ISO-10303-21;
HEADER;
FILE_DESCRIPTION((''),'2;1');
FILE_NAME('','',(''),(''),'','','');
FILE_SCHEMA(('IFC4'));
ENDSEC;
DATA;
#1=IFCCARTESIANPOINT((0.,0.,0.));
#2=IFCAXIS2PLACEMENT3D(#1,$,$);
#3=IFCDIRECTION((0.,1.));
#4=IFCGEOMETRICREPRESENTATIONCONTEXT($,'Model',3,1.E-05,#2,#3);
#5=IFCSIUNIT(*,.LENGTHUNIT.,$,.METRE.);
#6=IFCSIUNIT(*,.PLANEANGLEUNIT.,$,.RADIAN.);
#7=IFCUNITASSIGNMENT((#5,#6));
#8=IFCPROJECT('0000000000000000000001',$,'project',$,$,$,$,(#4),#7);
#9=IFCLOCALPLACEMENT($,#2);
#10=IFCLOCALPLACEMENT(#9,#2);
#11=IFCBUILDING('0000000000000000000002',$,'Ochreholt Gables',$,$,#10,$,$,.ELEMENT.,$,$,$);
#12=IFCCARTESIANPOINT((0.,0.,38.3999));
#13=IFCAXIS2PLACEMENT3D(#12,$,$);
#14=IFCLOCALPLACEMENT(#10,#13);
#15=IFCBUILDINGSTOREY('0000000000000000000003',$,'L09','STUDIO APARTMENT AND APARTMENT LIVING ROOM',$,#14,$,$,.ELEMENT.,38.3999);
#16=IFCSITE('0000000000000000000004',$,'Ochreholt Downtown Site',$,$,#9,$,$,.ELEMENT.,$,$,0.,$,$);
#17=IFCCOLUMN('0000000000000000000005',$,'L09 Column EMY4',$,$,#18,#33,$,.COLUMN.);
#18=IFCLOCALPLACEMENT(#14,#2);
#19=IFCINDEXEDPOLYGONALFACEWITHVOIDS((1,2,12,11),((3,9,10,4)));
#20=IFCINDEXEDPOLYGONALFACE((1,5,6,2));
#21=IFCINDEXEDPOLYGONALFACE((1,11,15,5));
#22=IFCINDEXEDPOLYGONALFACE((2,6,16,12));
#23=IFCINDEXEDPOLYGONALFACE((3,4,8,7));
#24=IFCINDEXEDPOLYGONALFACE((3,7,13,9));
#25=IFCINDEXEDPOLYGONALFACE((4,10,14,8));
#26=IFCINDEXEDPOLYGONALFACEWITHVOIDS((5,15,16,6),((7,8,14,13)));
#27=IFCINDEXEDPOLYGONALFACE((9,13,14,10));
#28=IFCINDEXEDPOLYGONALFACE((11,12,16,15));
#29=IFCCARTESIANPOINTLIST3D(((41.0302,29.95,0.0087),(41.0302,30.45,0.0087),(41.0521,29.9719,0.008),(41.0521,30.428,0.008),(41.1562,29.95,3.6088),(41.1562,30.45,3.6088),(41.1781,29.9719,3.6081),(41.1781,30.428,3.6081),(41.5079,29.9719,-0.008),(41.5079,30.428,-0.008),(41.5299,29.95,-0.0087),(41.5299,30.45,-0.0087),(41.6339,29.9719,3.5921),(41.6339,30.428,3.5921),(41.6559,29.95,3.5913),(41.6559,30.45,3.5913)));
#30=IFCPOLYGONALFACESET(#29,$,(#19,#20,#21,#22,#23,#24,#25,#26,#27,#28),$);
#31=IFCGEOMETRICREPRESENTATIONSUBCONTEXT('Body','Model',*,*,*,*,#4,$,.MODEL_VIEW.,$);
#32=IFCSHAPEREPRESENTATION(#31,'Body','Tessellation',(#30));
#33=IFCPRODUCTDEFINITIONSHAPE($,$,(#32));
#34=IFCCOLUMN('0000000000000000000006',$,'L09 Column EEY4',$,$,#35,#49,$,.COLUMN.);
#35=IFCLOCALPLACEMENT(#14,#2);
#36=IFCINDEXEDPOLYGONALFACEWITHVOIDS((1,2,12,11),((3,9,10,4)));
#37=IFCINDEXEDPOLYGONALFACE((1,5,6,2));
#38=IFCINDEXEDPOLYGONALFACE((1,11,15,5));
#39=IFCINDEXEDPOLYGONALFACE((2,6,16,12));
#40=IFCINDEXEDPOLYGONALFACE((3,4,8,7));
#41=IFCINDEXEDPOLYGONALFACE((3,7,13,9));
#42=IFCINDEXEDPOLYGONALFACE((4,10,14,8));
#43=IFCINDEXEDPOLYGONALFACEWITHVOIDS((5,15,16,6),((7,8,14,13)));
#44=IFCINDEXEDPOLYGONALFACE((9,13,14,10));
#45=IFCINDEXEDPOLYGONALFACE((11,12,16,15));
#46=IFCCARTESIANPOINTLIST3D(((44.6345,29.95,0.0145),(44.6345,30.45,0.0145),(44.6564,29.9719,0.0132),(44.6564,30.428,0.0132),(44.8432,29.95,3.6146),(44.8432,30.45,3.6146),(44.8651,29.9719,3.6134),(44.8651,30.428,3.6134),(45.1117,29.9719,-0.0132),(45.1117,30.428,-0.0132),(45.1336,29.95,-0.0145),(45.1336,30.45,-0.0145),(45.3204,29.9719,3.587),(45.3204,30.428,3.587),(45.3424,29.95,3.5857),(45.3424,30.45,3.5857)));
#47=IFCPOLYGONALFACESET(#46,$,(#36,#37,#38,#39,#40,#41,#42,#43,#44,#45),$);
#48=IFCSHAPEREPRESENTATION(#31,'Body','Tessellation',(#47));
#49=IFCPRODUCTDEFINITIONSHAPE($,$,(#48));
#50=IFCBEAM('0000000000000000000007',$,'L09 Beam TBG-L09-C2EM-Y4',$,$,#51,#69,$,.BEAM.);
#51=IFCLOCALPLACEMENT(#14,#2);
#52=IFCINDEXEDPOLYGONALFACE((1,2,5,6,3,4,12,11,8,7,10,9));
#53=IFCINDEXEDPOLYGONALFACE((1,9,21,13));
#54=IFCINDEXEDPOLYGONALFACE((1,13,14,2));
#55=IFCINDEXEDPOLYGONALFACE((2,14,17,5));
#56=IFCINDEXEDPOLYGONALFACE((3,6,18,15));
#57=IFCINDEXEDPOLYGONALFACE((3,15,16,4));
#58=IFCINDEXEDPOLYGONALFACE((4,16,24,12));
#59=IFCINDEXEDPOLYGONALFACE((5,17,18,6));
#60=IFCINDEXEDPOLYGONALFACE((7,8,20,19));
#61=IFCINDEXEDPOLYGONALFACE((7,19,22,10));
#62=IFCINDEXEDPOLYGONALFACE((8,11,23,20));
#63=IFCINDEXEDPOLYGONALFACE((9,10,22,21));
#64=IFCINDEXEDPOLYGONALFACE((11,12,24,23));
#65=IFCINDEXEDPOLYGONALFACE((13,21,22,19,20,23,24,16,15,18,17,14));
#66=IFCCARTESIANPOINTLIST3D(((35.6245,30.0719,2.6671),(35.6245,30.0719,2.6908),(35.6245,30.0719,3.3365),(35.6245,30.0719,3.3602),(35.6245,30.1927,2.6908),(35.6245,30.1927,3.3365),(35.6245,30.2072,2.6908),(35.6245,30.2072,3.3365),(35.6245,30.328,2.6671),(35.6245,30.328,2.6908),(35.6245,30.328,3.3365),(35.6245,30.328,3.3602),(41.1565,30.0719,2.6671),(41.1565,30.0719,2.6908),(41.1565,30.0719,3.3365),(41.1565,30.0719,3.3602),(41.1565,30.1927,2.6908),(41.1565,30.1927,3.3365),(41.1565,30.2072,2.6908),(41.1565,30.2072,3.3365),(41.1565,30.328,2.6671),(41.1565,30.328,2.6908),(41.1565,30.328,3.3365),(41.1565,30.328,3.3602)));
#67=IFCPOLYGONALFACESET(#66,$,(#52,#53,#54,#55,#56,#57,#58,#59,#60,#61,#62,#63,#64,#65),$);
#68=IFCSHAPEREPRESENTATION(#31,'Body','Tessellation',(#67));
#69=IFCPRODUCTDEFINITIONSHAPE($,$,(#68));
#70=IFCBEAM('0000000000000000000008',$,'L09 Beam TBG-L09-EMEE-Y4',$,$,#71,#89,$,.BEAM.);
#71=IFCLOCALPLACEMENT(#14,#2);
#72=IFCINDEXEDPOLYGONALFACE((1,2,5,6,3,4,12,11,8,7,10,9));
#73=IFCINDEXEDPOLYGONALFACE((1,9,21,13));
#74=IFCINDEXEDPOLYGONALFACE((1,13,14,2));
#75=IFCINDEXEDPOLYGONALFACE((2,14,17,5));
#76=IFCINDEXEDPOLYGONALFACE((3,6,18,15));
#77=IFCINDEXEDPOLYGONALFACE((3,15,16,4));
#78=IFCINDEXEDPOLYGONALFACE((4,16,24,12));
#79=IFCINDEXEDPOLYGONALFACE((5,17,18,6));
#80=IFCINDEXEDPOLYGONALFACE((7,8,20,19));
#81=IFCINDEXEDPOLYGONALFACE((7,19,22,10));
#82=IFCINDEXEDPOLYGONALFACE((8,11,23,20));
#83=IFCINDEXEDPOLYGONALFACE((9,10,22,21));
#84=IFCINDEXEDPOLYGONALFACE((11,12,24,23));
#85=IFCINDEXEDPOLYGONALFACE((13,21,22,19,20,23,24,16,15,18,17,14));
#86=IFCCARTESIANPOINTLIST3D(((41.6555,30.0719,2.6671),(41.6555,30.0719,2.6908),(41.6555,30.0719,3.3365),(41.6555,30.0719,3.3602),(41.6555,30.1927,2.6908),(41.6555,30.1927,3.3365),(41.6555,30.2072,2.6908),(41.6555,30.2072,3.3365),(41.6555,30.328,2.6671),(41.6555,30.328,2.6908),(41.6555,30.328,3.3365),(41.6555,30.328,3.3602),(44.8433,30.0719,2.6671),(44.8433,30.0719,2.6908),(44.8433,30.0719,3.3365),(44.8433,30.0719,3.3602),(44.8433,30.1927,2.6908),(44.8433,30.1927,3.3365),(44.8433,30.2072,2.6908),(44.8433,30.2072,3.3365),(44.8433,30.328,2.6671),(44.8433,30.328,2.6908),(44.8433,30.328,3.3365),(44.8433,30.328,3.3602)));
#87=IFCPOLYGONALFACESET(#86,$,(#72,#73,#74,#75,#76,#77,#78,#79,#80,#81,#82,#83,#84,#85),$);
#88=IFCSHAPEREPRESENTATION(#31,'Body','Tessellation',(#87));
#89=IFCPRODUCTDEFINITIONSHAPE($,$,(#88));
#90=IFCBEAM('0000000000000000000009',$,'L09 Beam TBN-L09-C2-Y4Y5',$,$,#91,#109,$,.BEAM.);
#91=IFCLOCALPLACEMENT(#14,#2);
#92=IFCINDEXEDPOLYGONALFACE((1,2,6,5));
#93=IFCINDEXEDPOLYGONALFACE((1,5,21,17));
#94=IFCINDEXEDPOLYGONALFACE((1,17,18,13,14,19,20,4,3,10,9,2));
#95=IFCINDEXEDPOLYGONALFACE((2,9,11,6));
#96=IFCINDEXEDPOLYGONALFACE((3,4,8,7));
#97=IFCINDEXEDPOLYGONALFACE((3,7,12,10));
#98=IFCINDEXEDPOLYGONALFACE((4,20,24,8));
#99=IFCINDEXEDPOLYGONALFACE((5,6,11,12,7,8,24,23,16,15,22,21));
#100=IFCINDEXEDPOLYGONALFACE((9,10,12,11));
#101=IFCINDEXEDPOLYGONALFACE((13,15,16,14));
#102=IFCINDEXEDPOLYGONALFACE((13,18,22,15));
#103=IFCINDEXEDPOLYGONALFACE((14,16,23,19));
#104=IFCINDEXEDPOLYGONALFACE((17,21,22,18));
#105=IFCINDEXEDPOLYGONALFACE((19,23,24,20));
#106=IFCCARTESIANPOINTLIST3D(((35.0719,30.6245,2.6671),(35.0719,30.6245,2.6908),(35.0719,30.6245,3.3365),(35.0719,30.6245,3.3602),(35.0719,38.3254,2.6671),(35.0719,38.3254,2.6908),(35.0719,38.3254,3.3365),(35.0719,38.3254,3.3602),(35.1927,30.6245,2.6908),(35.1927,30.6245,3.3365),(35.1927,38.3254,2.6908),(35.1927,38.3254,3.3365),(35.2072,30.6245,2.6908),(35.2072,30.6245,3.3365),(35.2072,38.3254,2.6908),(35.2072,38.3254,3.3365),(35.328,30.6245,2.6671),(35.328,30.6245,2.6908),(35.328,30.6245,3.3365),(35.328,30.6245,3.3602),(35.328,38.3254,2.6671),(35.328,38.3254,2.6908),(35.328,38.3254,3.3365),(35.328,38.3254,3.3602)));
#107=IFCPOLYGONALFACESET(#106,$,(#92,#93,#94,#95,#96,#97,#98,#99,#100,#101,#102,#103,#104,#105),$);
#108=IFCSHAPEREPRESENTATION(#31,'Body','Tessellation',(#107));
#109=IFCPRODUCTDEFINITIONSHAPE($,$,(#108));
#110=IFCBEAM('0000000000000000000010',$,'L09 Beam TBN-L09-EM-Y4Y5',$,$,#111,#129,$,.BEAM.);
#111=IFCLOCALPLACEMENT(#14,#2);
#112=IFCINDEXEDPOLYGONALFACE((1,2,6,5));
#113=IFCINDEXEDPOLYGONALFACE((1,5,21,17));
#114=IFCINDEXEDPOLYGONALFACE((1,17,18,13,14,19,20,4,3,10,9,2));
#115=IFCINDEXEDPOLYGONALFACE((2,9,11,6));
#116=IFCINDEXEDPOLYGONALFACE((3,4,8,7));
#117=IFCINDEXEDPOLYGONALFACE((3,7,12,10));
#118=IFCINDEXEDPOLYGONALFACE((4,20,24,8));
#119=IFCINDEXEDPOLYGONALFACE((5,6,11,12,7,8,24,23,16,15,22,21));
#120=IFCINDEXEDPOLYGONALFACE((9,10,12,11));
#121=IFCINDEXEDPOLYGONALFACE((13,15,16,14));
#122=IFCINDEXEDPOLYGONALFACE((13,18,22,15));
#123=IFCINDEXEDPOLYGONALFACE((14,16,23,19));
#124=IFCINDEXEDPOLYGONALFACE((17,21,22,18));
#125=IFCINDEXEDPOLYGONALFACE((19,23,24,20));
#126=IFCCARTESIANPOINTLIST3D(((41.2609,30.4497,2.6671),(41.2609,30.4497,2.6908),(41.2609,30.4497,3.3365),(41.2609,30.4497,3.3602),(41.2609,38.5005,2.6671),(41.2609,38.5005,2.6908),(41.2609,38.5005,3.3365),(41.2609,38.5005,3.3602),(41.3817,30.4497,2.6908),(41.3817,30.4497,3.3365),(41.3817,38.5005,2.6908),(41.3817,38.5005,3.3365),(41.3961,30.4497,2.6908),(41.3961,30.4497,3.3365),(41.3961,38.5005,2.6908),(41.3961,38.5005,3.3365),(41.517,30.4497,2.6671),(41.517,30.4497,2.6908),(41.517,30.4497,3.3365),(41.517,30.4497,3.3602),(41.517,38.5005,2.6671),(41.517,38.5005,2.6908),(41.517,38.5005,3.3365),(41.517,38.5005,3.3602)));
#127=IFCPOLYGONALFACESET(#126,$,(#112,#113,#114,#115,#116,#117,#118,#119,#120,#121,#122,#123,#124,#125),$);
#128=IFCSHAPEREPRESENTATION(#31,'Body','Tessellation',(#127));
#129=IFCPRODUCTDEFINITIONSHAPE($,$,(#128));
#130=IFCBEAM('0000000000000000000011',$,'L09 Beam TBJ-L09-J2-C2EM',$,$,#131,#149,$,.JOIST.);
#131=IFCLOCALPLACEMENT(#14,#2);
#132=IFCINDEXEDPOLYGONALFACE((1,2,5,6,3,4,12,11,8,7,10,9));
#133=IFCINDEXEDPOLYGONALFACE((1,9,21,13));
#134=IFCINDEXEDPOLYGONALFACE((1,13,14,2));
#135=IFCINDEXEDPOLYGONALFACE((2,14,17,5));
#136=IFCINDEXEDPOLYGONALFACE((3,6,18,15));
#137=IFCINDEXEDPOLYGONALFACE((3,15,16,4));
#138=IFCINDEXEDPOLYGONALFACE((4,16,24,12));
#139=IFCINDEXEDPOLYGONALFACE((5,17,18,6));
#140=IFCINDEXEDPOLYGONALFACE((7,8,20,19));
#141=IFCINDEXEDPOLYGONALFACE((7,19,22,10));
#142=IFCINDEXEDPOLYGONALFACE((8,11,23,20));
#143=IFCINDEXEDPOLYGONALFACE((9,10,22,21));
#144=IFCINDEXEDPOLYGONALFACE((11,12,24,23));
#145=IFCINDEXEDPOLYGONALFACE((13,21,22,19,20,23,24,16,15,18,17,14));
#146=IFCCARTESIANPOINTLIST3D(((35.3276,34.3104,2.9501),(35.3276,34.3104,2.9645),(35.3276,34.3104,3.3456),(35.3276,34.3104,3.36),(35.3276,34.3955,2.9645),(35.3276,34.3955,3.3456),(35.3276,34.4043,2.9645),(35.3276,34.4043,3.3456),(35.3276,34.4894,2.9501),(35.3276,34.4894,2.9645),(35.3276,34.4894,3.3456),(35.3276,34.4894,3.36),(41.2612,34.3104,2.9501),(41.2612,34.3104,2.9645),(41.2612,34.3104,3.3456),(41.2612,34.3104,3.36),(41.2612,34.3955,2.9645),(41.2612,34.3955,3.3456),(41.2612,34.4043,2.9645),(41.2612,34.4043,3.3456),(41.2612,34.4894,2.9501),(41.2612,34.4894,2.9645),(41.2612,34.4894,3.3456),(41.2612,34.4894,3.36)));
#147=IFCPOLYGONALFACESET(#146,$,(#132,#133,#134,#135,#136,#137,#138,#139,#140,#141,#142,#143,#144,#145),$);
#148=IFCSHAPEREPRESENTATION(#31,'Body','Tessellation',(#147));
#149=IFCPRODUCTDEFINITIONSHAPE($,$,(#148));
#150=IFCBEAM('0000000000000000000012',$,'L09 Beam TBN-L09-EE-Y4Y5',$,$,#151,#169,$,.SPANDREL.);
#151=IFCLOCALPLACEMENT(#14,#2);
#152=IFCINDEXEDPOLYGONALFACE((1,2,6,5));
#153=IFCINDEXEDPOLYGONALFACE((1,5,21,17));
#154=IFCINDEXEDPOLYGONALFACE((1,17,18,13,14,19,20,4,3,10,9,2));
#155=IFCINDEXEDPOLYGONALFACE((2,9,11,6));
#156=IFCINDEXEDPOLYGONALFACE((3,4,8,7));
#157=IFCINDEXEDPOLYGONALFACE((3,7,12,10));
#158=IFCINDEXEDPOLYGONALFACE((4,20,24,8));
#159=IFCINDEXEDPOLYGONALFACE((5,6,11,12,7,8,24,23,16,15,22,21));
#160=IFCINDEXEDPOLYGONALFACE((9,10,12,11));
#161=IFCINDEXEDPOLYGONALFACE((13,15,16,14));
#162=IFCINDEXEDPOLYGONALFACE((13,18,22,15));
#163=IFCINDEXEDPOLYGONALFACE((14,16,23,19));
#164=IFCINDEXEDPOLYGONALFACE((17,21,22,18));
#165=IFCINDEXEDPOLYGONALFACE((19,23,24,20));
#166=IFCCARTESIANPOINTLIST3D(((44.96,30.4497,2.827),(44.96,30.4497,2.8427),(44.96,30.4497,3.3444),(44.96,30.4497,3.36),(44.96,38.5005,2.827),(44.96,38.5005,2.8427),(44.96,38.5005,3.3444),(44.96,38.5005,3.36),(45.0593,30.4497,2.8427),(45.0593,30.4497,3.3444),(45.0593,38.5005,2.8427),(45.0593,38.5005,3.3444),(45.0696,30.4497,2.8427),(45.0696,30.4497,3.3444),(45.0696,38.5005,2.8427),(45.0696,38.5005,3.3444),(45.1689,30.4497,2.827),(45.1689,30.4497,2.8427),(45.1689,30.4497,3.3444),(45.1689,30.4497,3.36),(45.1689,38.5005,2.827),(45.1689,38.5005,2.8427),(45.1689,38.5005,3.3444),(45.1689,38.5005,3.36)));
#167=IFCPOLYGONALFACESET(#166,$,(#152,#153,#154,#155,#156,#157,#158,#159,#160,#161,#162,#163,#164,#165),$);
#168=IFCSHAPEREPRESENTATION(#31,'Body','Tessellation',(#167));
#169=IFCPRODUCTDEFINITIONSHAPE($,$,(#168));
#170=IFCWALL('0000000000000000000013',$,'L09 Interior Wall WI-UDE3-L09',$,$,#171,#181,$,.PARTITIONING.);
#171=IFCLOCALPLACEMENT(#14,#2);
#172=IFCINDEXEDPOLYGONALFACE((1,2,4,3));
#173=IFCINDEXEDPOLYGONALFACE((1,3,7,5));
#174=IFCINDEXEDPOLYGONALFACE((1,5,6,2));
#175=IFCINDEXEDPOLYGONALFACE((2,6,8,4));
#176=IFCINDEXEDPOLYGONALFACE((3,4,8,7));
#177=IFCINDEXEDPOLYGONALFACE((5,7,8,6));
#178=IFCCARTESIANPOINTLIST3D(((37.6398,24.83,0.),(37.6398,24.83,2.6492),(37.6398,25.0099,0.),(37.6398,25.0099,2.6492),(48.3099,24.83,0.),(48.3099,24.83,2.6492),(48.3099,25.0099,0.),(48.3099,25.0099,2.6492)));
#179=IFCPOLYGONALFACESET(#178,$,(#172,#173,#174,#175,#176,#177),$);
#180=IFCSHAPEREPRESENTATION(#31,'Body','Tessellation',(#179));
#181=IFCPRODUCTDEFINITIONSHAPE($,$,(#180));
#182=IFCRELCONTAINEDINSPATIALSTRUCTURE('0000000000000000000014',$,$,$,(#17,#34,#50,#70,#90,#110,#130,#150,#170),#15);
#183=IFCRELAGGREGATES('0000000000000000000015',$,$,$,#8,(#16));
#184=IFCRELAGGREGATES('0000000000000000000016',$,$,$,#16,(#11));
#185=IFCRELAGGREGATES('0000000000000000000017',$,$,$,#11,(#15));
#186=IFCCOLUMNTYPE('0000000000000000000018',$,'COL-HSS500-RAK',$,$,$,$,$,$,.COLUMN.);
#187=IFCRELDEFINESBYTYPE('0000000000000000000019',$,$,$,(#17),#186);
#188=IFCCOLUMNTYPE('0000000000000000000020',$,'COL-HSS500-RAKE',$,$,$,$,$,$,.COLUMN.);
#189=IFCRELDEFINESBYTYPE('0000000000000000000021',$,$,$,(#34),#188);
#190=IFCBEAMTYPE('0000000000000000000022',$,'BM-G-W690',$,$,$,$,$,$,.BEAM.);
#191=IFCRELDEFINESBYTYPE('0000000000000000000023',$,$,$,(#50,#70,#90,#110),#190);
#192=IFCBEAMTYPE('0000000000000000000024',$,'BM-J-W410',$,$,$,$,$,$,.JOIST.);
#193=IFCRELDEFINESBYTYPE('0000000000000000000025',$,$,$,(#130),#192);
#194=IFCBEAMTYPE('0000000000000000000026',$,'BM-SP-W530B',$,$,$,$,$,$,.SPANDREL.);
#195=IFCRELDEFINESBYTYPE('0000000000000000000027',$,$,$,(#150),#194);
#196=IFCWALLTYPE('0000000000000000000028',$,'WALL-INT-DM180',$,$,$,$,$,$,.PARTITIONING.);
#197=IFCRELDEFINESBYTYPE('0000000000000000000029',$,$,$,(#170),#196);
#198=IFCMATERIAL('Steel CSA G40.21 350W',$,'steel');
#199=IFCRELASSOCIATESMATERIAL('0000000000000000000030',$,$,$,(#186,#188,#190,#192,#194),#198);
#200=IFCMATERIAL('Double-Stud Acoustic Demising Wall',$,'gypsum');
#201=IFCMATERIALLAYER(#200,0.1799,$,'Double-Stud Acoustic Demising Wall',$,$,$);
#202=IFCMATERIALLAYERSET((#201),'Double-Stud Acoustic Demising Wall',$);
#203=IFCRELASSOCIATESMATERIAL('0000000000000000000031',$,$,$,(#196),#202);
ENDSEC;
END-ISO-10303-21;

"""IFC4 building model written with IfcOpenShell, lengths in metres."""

from ifc_helpers import new_model, si_unit, direction, frame, frame_2d, origin, origin_2d, place, context, subcontext, project, spatial, rectangle, hollow_rectangle, i_section, extrude, material, layer, layer_set, material_profile, profile_set, type_object, element, save


model = new_model("IFC4")

# Units and contexts
model_context = context("Model", 3, precision=1e-05, world=origin(), true_north=direction((0.0, 1.0)))
body_context = subcontext(model_context, "Body", "Model", "MODEL_VIEW")
ifc_project = project(units=[si_unit("LENGTHUNIT", "METRE"), si_unit("PLANEANGLEUNIT", "RADIAN")], contexts=[model_context])

# Site, building, storey
site_placement = place(None, origin())
site = spatial("IfcSite", under=ifc_project, at=site_placement, Name="Ochreholt Downtown Site", CompositionType="ELEMENT", RefElevation=0.0)
building_placement = place(site_placement, origin())
building = spatial("IfcBuilding", under=site, at=building_placement, Name="Ochreholt Gables", CompositionType="ELEMENT")
storey_placement = place(building_placement, frame((0.0, 0.0, 38.3999)))
storey = spatial("IfcBuildingStorey", under=building, at=storey_placement, Name="L09", Description="STUDIO APARTMENT AND APARTMENT LIVING ROOM", CompositionType="ELEMENT", Elevation=38.3999)

# Columns
ifc_material_1 = material(Name="Steel CSA G40.21 350W", Category="steel")
ifc_material_profile_1 = material_profile(ifc_material_1, hollow_rectangle(XDim=0.5, YDim=0.5, WallThickness=0.022, at=origin_2d()), Name="HSS500X500X22")
ifc_profile_set_1 = profile_set([ifc_material_profile_1], Name="Steel CSA G40.21 350W")
column_type_1 = type_object("IfcColumnType", Name="COL-HSS500-RAK", PredefinedType="COLUMN", material=ifc_profile_set_1)
column_1_placement = place(storey_placement, frame((41.28, 30.2, 0.0), z_axis=(0.034971, 0.0, 0.999388), x_axis=(0.0, 1.0, 0.0)))
element("IfcColumn", 1, at=column_1_placement, inside=storey, type_object=column_type_1, Name="L09 Column EMY4", PredefinedType="COLUMN", context=body_context, shape_type="SweptSolid", body=[
    extrude(hollow_rectangle(XDim=0.5, YDim=0.5, WallThickness=0.022, at=origin_2d()), origin(), (0.0, 0.0, 1.0), 3.6023),
])
ifc_material_profile_2 = material_profile(ifc_material_1, hollow_rectangle(XDim=0.5, YDim=0.5, WallThickness=0.022, at=origin_2d()), Name="HSS500X500X22")
ifc_profile_set_2 = profile_set([ifc_material_profile_2], Name="Steel CSA G40.21 350W")
column_type_2 = type_object("IfcColumnType", Name="COL-HSS500-RAKE", PredefinedType="COLUMN", material=ifc_profile_set_2)
column_2_placement = place(storey_placement, frame((44.884, 30.2, 0.0), z_axis=(0.057885, 0.0, 0.998323), x_axis=(0.0, 1.0, 0.0)))
element("IfcColumn", 2, at=column_2_placement, inside=storey, type_object=column_type_2, Name="L09 Column EEY4", PredefinedType="COLUMN", context=body_context, shape_type="SweptSolid", body=[
    extrude(hollow_rectangle(XDim=0.5, YDim=0.5, WallThickness=0.022, at=origin_2d()), origin(), (0.0, 0.0, 1.0), 3.6062),
])

# Beams
ifc_material_profile_3 = material_profile(ifc_material_1, i_section(OverallWidth=0.2561, OverallDepth=0.6931, WebThickness=0.0144, FlangeThickness=0.0237, at=origin_2d()), Name="W690X170")
ifc_profile_set_3 = profile_set([ifc_material_profile_3], Name="Steel CSA G40.21 350W")
beam_type_1 = type_object("IfcBeamType", Name="BM-G-W690", PredefinedType="BEAM", material=ifc_profile_set_3)
beam_1_placement = place(storey_placement, frame((35.6245, 30.2, 3.0137), z_axis=(1.0, 0.0, 0.0), x_axis=(0.0, 1.0, 0.0)))
element("IfcBeam", 3, at=beam_1_placement, inside=storey, type_object=beam_type_1, Name="L09 Beam TBG-L09-C2EM-Y4", PredefinedType="BEAM", context=body_context, shape_type="SweptSolid", body=[
    extrude(i_section(OverallWidth=0.2561, OverallDepth=0.6931, WebThickness=0.0144, FlangeThickness=0.0237, at=origin_2d()), origin(), (0.0, 0.0, 1.0), 5.532),
])
beam_2_placement = place(storey_placement, frame((41.6555, 30.2, 3.0137), z_axis=(1.0, 0.0, 0.0), x_axis=(0.0, 1.0, 0.0)))
element("IfcBeam", 4, at=beam_2_placement, inside=storey, type_object=beam_type_1, Name="L09 Beam TBG-L09-EMEE-Y4", PredefinedType="BEAM", context=body_context, shape_type="SweptSolid", body=[
    extrude(i_section(OverallWidth=0.2561, OverallDepth=0.6931, WebThickness=0.0144, FlangeThickness=0.0237, at=origin_2d()), origin(), (0.0, 0.0, 1.0), 3.1877),
])
beam_3_placement = place(storey_placement, frame((35.2, 30.6245, 3.0137), z_axis=(0.0, 1.0, 0.0), x_axis=(-1.0, 0.0, 0.0)))
element("IfcBeam", 5, at=beam_3_placement, inside=storey, type_object=beam_type_1, Name="L09 Beam TBN-L09-C2-Y4Y5", PredefinedType="BEAM", context=body_context, shape_type="SweptSolid", body=[
    extrude(i_section(OverallWidth=0.2561, OverallDepth=0.6931, WebThickness=0.0144, FlangeThickness=0.0237, at=origin_2d()), origin(), (0.0, 0.0, 1.0), 7.7009),
])
beam_4_placement = place(storey_placement, frame((41.3889, 30.4497, 3.0137), z_axis=(0.0, 1.0, 0.0), x_axis=(-1.0, 0.0, 0.0)))
element("IfcBeam", 6, at=beam_4_placement, inside=storey, type_object=beam_type_1, Name="L09 Beam TBN-L09-EM-Y4Y5", PredefinedType="BEAM", context=body_context, shape_type="SweptSolid", body=[
    extrude(i_section(OverallWidth=0.2561, OverallDepth=0.6931, WebThickness=0.0144, FlangeThickness=0.0237, at=origin_2d()), origin(), (0.0, 0.0, 1.0), 8.0508),
])
ifc_material_profile_4 = material_profile(ifc_material_1, i_section(OverallWidth=0.179, OverallDepth=0.4099, WebThickness=0.0088, FlangeThickness=0.0144, at=origin_2d()), Name="W410X67")
ifc_profile_set_4 = profile_set([ifc_material_profile_4], Name="Steel CSA G40.21 350W")
beam_type_2 = type_object("IfcBeamType", Name="BM-J-W410", PredefinedType="JOIST", material=ifc_profile_set_4)
beam_5_placement = place(storey_placement, frame((35.3276, 34.3999, 3.155), z_axis=(1.0, 0.0, 0.0), x_axis=(0.0, 1.0, 0.0)))
element("IfcBeam", 7, at=beam_5_placement, inside=storey, type_object=beam_type_2, Name="L09 Beam TBJ-L09-J2-C2EM", PredefinedType="JOIST", context=body_context, shape_type="SweptSolid", body=[
    extrude(i_section(OverallWidth=0.179, OverallDepth=0.4099, WebThickness=0.0088, FlangeThickness=0.0144, at=origin_2d()), origin(), (0.0, 0.0, 1.0), 5.9336),
])
ifc_material_profile_5 = material_profile(ifc_material_1, i_section(OverallWidth=0.209, OverallDepth=0.533, WebThickness=0.0103, FlangeThickness=0.0156, at=origin_2d()), Name="W530X92")
ifc_profile_set_5 = profile_set([ifc_material_profile_5], Name="Steel CSA G40.21 350W")
beam_type_3 = type_object("IfcBeamType", Name="BM-SP-W530B", PredefinedType="SPANDREL", material=ifc_profile_set_5)
beam_6_placement = place(storey_placement, frame((45.0645, 30.4497, 3.0935), z_axis=(0.0, 1.0, 0.0), x_axis=(-1.0, 0.0, 0.0)))
element("IfcBeam", 8, at=beam_6_placement, inside=storey, type_object=beam_type_3, Name="L09 Beam TBN-L09-EE-Y4Y5", PredefinedType="SPANDREL", context=body_context, shape_type="SweptSolid", body=[
    extrude(i_section(OverallWidth=0.209, OverallDepth=0.533, WebThickness=0.0103, FlangeThickness=0.0156, at=origin_2d()), origin(), (0.0, 0.0, 1.0), 8.0508),
])

# Wall
ifc_material_2 = material(Name="Double-Stud Acoustic Demising Wall", Category="gypsum")
ifc_layer_1 = layer(ifc_material_2, 0.1799, Name="Double-Stud Acoustic Demising Wall")
ifc_layer_set_1 = layer_set([ifc_layer_1], Name="Double-Stud Acoustic Demising Wall")
wall_type_1 = type_object("IfcWallType", Name="WALL-INT-DM180", PredefinedType="PARTITIONING", material=ifc_layer_set_1)
wall_1_placement = place(storey_placement, frame((37.6399, 24.9199, 0.0), z_axis=(0.0, 0.0, 1.0), x_axis=(1.0, 0.0, 0.0)))
element("IfcWall", 9, at=wall_1_placement, inside=storey, type_object=wall_type_1, Name="L09 Interior Wall WI-UDE3-L09", PredefinedType="PARTITIONING", context=body_context, shape_type="SweptSolid", body=[
    extrude(rectangle(XDim=10.6702, YDim=0.1799, at=frame_2d((5.335, 0.0))), origin(), (0.0, 0.0, 1.0), 2.6492),
])

save(model, "model.ifc")
